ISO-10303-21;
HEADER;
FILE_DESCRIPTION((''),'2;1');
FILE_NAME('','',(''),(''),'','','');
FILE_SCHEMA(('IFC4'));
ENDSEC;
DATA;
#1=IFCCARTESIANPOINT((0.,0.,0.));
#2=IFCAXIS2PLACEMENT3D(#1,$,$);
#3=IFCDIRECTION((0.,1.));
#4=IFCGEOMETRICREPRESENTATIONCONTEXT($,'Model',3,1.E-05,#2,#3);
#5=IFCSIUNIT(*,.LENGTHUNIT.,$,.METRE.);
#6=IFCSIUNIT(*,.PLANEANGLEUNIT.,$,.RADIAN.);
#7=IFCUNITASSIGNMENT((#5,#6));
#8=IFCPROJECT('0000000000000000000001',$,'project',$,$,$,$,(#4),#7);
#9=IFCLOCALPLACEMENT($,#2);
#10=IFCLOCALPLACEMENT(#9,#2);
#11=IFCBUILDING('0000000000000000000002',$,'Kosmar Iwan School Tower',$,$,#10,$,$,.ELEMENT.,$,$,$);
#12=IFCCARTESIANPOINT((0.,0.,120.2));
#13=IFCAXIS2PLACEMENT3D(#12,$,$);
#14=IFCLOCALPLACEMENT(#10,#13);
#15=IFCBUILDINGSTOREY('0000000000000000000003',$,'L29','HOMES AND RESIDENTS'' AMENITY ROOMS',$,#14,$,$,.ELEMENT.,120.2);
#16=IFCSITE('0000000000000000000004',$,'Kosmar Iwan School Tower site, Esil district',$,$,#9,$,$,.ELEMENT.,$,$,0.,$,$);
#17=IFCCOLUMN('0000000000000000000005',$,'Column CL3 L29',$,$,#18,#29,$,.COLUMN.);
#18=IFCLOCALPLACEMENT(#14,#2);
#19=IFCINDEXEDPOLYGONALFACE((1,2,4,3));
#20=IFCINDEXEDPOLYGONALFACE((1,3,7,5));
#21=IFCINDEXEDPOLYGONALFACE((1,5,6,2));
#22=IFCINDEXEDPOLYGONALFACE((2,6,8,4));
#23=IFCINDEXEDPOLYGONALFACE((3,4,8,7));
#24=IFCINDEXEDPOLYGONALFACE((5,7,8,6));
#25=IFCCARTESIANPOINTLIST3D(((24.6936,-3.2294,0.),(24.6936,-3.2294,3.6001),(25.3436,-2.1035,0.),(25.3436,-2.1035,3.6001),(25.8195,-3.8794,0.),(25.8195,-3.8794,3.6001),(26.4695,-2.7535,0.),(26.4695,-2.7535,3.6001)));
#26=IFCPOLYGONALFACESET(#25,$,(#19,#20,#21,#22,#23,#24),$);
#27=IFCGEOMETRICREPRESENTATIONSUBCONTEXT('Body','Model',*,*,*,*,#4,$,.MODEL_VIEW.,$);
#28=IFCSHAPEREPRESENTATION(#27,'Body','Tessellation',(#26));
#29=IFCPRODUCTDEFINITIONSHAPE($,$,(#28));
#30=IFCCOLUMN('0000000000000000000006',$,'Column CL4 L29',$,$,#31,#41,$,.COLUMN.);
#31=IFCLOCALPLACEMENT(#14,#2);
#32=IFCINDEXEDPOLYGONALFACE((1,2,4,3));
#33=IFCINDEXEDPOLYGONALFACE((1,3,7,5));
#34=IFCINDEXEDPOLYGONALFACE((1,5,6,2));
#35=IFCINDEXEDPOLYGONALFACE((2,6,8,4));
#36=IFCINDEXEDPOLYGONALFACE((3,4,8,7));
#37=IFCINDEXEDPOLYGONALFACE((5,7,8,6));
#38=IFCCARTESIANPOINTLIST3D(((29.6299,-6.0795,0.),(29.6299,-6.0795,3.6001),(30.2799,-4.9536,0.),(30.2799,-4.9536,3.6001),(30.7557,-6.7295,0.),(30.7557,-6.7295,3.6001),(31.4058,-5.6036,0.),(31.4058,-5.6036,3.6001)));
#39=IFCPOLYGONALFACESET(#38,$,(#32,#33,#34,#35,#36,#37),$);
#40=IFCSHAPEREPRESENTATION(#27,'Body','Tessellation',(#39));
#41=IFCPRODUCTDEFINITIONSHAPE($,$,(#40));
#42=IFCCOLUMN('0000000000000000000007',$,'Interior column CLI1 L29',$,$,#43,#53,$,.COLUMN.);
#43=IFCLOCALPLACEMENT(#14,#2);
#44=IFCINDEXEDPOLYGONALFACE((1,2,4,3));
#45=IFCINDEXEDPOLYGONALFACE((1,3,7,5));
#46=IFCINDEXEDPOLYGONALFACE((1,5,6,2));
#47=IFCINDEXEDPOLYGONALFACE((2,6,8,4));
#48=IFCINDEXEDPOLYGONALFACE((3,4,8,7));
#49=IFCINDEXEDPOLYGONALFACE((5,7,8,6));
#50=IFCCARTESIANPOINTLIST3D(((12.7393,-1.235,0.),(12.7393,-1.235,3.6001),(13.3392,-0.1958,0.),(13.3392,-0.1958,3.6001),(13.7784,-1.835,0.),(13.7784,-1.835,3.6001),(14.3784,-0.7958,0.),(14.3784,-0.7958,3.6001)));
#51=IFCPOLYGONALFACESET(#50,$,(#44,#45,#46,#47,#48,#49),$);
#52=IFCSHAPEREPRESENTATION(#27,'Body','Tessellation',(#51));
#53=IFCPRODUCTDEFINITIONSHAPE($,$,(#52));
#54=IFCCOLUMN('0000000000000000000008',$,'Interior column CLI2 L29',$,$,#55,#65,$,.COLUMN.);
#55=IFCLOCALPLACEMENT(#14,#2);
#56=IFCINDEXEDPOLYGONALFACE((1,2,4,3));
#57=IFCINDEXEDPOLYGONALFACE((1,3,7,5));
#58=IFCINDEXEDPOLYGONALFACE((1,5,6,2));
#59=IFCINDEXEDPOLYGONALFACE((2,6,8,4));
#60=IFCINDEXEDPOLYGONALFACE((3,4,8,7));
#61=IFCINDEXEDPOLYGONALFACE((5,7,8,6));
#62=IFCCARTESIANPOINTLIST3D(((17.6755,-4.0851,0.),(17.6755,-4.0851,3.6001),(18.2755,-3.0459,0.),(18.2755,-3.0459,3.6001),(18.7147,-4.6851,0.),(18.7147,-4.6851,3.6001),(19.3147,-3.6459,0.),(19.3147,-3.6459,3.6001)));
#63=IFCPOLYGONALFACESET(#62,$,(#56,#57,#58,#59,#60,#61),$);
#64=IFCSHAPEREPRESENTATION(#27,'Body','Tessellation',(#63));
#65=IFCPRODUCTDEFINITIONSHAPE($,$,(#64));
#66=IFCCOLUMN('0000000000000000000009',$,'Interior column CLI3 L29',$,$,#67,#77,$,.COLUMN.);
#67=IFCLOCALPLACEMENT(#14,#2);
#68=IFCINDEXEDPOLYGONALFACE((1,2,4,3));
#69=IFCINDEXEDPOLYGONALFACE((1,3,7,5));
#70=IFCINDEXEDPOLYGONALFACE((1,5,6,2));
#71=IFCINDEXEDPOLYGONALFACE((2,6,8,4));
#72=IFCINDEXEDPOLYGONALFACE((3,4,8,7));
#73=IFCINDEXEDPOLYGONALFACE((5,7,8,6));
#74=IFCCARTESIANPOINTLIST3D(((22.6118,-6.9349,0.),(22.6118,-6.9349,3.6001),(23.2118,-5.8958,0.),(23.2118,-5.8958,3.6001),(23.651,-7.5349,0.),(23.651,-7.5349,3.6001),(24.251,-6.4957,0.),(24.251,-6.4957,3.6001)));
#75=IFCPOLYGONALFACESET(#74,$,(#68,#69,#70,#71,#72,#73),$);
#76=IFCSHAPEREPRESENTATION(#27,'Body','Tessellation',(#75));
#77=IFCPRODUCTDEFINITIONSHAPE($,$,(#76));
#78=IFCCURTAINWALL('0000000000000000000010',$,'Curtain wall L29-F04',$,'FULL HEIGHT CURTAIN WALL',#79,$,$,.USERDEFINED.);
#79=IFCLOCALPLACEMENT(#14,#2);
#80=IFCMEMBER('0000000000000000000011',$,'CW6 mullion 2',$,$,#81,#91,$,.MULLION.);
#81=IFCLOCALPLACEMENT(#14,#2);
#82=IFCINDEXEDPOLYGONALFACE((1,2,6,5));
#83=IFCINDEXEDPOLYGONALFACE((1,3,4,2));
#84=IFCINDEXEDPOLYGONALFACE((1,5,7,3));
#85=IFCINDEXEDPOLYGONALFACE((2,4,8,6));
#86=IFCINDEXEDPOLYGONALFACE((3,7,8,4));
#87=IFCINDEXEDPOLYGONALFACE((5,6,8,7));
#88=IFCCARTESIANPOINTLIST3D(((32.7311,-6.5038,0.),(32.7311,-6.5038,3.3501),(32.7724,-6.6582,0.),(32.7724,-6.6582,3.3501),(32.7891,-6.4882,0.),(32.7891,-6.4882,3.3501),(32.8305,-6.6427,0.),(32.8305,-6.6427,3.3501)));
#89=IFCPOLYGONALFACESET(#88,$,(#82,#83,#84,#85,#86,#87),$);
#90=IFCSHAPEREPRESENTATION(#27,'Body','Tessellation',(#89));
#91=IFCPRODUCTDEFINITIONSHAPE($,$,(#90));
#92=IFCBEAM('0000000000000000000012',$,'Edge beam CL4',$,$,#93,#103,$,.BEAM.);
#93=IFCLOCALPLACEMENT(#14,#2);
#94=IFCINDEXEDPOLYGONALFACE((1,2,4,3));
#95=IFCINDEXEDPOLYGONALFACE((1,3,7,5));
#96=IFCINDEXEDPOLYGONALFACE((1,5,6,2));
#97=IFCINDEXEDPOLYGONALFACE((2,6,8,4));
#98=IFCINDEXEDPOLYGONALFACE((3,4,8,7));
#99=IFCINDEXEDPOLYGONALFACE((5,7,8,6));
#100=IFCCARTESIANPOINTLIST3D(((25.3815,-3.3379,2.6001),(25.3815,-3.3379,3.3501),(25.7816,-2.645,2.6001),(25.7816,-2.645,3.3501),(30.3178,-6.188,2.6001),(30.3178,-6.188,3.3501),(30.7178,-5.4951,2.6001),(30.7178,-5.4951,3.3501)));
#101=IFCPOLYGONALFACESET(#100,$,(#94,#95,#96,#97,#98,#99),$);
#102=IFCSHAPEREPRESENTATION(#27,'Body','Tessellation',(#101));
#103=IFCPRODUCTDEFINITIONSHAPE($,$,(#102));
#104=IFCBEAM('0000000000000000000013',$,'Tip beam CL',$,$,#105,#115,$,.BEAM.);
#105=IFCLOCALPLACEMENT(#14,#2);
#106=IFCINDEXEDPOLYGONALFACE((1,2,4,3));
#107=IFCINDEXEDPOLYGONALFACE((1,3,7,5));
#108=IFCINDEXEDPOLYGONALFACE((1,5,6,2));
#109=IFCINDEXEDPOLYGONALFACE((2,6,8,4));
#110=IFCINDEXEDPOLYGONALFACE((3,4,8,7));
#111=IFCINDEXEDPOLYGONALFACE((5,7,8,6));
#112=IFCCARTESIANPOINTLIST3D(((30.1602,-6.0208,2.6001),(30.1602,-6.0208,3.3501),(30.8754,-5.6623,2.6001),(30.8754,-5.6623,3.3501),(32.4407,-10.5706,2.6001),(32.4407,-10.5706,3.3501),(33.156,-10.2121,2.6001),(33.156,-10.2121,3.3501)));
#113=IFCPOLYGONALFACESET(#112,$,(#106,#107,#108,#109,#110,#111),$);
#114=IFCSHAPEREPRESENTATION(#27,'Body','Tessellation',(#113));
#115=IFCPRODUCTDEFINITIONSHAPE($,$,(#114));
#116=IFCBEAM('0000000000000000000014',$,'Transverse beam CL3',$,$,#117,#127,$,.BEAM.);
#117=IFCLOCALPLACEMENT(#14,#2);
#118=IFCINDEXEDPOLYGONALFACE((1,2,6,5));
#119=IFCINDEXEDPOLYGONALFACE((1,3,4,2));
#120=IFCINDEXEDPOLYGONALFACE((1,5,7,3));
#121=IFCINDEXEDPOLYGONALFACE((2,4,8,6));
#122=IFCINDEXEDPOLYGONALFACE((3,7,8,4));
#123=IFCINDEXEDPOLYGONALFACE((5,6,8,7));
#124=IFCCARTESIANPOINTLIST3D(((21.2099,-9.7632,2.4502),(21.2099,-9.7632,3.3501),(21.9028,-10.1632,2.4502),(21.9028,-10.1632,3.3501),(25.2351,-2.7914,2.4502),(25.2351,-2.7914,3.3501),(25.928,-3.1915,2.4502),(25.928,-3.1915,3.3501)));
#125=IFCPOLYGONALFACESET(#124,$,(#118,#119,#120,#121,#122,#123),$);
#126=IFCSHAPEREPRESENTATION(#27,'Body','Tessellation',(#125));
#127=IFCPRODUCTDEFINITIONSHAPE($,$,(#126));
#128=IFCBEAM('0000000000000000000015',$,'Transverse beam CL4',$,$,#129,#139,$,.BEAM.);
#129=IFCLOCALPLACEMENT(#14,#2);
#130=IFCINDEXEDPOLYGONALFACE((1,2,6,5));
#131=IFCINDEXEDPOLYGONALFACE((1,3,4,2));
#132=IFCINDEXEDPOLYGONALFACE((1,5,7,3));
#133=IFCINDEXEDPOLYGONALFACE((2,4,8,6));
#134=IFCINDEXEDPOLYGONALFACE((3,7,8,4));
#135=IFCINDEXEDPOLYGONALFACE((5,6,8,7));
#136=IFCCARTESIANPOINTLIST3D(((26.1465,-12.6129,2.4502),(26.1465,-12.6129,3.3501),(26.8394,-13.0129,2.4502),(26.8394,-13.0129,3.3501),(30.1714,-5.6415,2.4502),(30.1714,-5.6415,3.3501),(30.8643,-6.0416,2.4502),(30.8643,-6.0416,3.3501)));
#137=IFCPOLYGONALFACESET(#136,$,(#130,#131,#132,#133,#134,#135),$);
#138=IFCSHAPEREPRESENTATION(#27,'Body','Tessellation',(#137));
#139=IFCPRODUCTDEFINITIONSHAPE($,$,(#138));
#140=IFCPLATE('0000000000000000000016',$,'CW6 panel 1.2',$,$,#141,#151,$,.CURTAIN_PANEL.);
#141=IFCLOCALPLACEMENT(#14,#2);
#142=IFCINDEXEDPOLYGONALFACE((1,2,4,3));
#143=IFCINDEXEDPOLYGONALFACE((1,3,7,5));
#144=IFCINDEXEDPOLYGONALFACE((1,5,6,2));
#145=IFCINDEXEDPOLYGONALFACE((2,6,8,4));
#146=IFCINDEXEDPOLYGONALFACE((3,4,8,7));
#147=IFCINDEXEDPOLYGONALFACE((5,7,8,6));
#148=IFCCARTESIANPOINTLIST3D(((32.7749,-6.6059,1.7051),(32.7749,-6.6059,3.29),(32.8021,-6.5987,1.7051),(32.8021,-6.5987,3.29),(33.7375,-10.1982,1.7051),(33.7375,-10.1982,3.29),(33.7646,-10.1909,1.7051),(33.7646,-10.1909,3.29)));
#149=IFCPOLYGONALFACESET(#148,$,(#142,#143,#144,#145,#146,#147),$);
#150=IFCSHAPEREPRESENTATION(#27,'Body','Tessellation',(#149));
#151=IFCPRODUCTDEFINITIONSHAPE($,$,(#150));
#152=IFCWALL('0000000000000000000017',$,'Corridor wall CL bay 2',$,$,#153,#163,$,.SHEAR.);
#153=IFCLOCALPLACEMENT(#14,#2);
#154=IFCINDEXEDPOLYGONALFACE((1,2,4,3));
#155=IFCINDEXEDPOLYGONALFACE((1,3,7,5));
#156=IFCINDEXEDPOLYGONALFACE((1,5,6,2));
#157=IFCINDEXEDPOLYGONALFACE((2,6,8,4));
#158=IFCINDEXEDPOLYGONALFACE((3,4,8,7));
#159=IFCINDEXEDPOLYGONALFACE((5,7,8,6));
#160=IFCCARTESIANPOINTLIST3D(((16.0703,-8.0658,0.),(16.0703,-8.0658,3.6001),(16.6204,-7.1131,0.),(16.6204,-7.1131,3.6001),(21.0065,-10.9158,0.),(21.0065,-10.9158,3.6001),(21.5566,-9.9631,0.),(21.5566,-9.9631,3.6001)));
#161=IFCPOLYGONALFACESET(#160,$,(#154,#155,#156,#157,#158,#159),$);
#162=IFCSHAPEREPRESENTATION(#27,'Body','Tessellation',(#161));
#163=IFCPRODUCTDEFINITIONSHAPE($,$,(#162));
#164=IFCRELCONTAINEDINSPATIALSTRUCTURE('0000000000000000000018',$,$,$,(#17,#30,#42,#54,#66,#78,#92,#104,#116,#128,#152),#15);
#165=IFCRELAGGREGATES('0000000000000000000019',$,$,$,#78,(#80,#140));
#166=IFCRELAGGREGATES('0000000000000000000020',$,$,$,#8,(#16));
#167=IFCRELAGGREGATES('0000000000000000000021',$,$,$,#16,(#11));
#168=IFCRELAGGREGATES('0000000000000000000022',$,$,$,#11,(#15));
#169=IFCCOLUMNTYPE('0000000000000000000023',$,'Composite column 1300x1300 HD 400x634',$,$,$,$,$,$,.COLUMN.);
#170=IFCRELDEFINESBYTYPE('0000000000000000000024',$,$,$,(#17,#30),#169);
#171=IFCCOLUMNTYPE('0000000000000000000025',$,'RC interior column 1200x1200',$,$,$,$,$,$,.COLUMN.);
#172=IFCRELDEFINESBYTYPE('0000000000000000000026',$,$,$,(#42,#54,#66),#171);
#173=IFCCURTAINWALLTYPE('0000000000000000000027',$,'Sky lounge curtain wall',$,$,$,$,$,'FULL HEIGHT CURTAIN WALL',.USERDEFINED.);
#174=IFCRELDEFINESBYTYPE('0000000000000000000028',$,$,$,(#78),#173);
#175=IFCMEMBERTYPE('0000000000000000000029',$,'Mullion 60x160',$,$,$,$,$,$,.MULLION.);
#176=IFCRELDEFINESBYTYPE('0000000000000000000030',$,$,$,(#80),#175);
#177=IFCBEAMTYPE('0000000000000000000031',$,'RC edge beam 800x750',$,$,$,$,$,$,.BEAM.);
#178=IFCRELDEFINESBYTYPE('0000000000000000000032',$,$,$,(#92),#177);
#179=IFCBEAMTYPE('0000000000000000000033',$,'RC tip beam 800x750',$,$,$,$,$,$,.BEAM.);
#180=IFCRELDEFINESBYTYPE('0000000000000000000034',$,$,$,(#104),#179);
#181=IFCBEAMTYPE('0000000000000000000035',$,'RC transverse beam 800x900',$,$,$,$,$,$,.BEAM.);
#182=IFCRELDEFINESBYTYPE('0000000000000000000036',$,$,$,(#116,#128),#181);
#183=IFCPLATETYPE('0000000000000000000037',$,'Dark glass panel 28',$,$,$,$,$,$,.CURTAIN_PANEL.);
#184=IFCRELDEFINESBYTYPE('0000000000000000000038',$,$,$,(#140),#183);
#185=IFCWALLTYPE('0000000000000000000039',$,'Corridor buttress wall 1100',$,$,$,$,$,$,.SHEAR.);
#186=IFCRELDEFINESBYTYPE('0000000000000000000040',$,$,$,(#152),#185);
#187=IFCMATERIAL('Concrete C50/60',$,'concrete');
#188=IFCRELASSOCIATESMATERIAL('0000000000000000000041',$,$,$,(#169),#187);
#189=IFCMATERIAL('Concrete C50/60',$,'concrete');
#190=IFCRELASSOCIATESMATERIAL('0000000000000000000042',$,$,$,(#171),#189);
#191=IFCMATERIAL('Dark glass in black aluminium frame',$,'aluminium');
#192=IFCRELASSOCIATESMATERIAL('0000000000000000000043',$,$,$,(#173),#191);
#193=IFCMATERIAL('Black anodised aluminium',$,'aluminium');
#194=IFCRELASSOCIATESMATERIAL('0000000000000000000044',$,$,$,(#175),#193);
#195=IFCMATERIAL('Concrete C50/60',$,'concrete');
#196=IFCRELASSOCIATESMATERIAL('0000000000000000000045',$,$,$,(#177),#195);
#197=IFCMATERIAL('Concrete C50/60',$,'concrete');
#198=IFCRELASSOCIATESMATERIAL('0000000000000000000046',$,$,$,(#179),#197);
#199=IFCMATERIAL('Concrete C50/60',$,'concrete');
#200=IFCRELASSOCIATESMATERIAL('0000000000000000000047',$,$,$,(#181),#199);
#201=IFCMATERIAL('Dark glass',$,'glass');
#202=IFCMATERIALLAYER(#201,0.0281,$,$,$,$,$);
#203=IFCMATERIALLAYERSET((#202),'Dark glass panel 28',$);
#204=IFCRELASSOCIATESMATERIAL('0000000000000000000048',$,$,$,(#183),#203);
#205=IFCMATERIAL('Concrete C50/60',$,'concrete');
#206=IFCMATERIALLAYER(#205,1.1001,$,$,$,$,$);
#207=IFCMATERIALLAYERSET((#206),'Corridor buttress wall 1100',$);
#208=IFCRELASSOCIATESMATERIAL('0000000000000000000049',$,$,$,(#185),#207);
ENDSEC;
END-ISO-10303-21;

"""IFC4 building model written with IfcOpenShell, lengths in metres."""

from ifc_helpers import new_model, si_unit, direction, frame, frame_2d, origin, origin_2d, place, context, subcontext, project, spatial, rectangle, extrude, material, layer, layer_set, material_profile, profile_set, type_object, element, aggregate, save


model = new_model("IFC4")

# Units and contexts
model_context = context("Model", 3, precision=1e-05, world=origin(), true_north=direction((0.0, 1.0)))
body_context = subcontext(model_context, "Body", "Model", "MODEL_VIEW")
ifc_project = project(units=[si_unit("LENGTHUNIT", "METRE"), si_unit("PLANEANGLEUNIT", "RADIAN")], contexts=[model_context])

# Site, building, storey
site_placement = place(None, origin())
site = spatial("IfcSite", under=ifc_project, at=site_placement, Name="Kosmar Iwan School Tower site, Esil district", CompositionType="ELEMENT", RefElevation=0.0)
building_placement = place(site_placement, origin())
building = spatial("IfcBuilding", under=site, at=building_placement, Name="Kosmar Iwan School Tower", CompositionType="ELEMENT")
storey_placement = place(building_placement, frame((0.0, 0.0, 120.2)))
storey = spatial("IfcBuildingStorey", under=building, at=storey_placement, Name="L29", Description="HOMES AND RESIDENTS' AMENITY ROOMS", CompositionType="ELEMENT", Elevation=120.2)

# Columns
ifc_material_1 = material(Name="Concrete C50/60", Category="concrete")
ifc_material_profile_1 = material_profile(ifc_material_1, rectangle(XDim=1.3, YDim=1.3, at=origin_2d()), Name="RC 1300x1300 + HD 400x634")
ifc_profile_set_1 = profile_set([ifc_material_profile_1], Name="Concrete C50/60")
column_type_1 = type_object("IfcColumnType", Name="Composite column 1300x1300 HD 400x634", PredefinedType="COLUMN", material=ifc_profile_set_1)
for number, where, z_axis, x_axis, name in (
    (1, (25.5815, -2.9915, 0.0), (0.0, 0.0, 1.0), (0.866025, -0.5, 0.0), "Column CL3 L29"),
    (2, (30.5178, -5.8416, 0.0), (0.0, 0.0, 1.0), (0.866025, -0.5, 0.0), "Column CL4 L29"),
):
    element("IfcColumn", number, at=place(storey_placement, frame(where, z_axis=z_axis, x_axis=x_axis)), inside=storey, type_object=column_type_1, Name=name, PredefinedType="COLUMN", context=body_context, shape_type="SweptSolid", body=[
        extrude(rectangle(XDim=1.3, YDim=1.3, at=origin_2d()), origin(), (0.0, 0.0, 1.0), 3.6001),
    ])
ifc_material_2 = material(Name="Concrete C50/60", Category="concrete")
ifc_material_profile_2 = material_profile(ifc_material_2, rectangle(XDim=1.2, YDim=1.2, at=origin_2d()), Name="RC 1200x1200")
ifc_profile_set_2 = profile_set([ifc_material_profile_2], Name="Concrete C50/60")
column_type_2 = type_object("IfcColumnType", Name="RC interior column 1200x1200", PredefinedType="COLUMN", material=ifc_profile_set_2)
for number, where, z_axis, x_axis, name in (
    (3, (13.5588, -1.0154, 0.0), (0.0, 0.0, 1.0), (0.866025, -0.5, 0.0), "Interior column CLI1 L29"),
    (4, (18.4951, -3.8655, 0.0), (0.0, 0.0, 1.0), (0.866025, -0.5, 0.0), "Interior column CLI2 L29"),
    (5, (23.4314, -6.7153, 0.0), (0.0, 0.0, 1.0), (0.866025, -0.5, 0.0), "Interior column CLI3 L29"),
):
    element("IfcColumn", number, at=place(storey_placement, frame(where, z_axis=z_axis, x_axis=x_axis)), inside=storey, type_object=column_type_2, Name=name, PredefinedType="COLUMN", context=body_context, shape_type="SweptSolid", body=[
        extrude(rectangle(XDim=1.2, YDim=1.2, at=origin_2d()), origin(), (0.0, 0.0, 1.0), 3.6001),
    ])

# Curtain wall, member
ifc_material_3 = material(Name="Dark glass in black aluminium frame", Category="aluminium")
curtain_wall_type = type_object("IfcCurtainWallType", Name="Sky lounge curtain wall", ElementType="FULL HEIGHT CURTAIN WALL", PredefinedType="USERDEFINED", material=ifc_material_3)
curtain_wall_placement = place(storey_placement, origin())
curtain_wall = element("IfcCurtainWall", 6, at=curtain_wall_placement, inside=storey, type_object=curtain_wall_type, Name="Curtain wall L29-F04", ObjectType="FULL HEIGHT CURTAIN WALL", PredefinedType="USERDEFINED")
ifc_material_4 = material(Name="Black anodised aluminium", Category="aluminium")
ifc_material_profile_3 = material_profile(ifc_material_4, rectangle(XDim=0.0601, YDim=0.1599, at=origin_2d()), Name="MULLION 60x160")
ifc_profile_set_3 = profile_set([ifc_material_profile_3], Name="Black anodised aluminium")
member_type = type_object("IfcMemberType", Name="Mullion 60x160", PredefinedType="MULLION", material=ifc_profile_set_3)
member_placement = place(storey_placement, frame((32.7808, -6.5732, 0.0), z_axis=(0.0, 0.0, 1.0), x_axis=(-0.965926, -0.258819, 0.0)))
member = element("IfcMember", 7, at=member_placement, type_object=member_type, Name="CW6 mullion 2", PredefinedType="MULLION", context=body_context, shape_type="SweptSolid", body=[
    extrude(rectangle(XDim=0.0601, YDim=0.1599, at=origin_2d()), origin(), (0.0, 0.0, 1.0), 3.3501),
])

# Beams
ifc_material_5 = material(Name="Concrete C50/60", Category="concrete")
ifc_material_profile_4 = material_profile(ifc_material_5, rectangle(XDim=0.8, YDim=0.75, at=origin_2d()), Name="RC 800x750")
ifc_profile_set_4 = profile_set([ifc_material_profile_4], Name="Concrete C50/60")
beam_type_1 = type_object("IfcBeamType", Name="RC edge beam 800x750", PredefinedType="BEAM", material=ifc_profile_set_4)
beam_1_placement = place(storey_placement, frame((25.5815, -2.9915, 2.9751), z_axis=(0.866015, -0.500018, 0.0), x_axis=(0.500018, 0.866015, 0.0)))
element("IfcBeam", 8, at=beam_1_placement, inside=storey, type_object=beam_type_1, Name="Edge beam CL4", PredefinedType="BEAM", context=body_context, shape_type="SweptSolid", body=[
    extrude(rectangle(XDim=0.8, YDim=0.75, at=origin_2d()), origin(), (0.0, 0.0, 1.0), 5.7),
])
ifc_material_6 = material(Name="Concrete C50/60", Category="concrete")
ifc_material_profile_5 = material_profile(ifc_material_6, rectangle(XDim=0.8, YDim=0.75, at=origin_2d()), Name="RC 800x750")
ifc_profile_set_5 = profile_set([ifc_material_profile_5], Name="Concrete C50/60")
beam_type_2 = type_object("IfcBeamType", Name="RC tip beam 800x750", PredefinedType="BEAM", material=ifc_profile_set_5)
beam_2_placement = place(storey_placement, frame((30.5178, -5.8416, 2.9751), z_axis=(0.448096, -0.893985, 0.0), x_axis=(0.893985, 0.448096, 0.0)))
element("IfcBeam", 9, at=beam_2_placement, inside=storey, type_object=beam_type_2, Name="Tip beam CL", PredefinedType="BEAM", context=body_context, shape_type="SweptSolid", body=[
    extrude(rectangle(XDim=0.8, YDim=0.75, at=origin_2d()), origin(), (0.0, 0.0, 1.0), 5.0894),
])
ifc_material_7 = material(Name="Concrete C50/60", Category="concrete")
ifc_material_profile_6 = material_profile(ifc_material_7, rectangle(XDim=0.8, YDim=0.8999, at=origin_2d()), Name="RC 800x900")
ifc_profile_set_6 = profile_set([ifc_material_profile_6], Name="Concrete C50/60")
beam_type_3 = type_object("IfcBeamType", Name="RC transverse beam 800x900", PredefinedType="BEAM", material=ifc_profile_set_6)
beam_3_placement = place(storey_placement, frame((25.5815, -2.9915, 2.9001), z_axis=(-0.500004, -0.866023, 0.0), x_axis=(0.866023, -0.500004, 0.0)))
element("IfcBeam", 10, at=beam_3_placement, inside=storey, type_object=beam_type_3, Name="Transverse beam CL3", PredefinedType="BEAM", context=body_context, shape_type="SweptSolid", body=[
    extrude(rectangle(XDim=0.8, YDim=0.8999, at=origin_2d()), origin(), (0.0, 0.0, 1.0), 8.0503),
])
beam_4_placement = place(storey_placement, frame((30.5178, -5.8416, 2.9001), z_axis=(-0.499995, -0.866029, 0.0), x_axis=(0.866029, -0.499995, 0.0)))
element("IfcBeam", 11, at=beam_4_placement, inside=storey, type_object=beam_type_3, Name="Transverse beam CL4", PredefinedType="BEAM", context=body_context, shape_type="SweptSolid", body=[
    extrude(rectangle(XDim=0.8, YDim=0.8999, at=origin_2d()), origin(), (0.0, 0.0, 1.0), 8.0498),
])

# Plate
ifc_material_8 = material(Name="Dark glass", Category="glass")
ifc_layer_1 = layer(ifc_material_8, 0.0281)
ifc_layer_set_1 = layer_set([ifc_layer_1], Name="Dark glass panel 28")
plate_type = type_object("IfcPlateType", Name="Dark glass panel 28", PredefinedType="CURTAIN_PANEL", material=ifc_layer_set_1)
plate_placement = place(storey_placement, frame((33.2698, -8.3984, 1.7051), z_axis=(0.0, 0.0, 1.0), x_axis=(-0.258819, 0.965926, 0.0)))
plate = element("IfcPlate", 12, at=plate_placement, type_object=plate_type, Name="CW6 panel 1.2", PredefinedType="CURTAIN_PANEL", context=body_context, shape_type="SweptSolid", body=[
    extrude(rectangle(XDim=3.719, YDim=0.0281, at=origin_2d()), origin(), (0.0, 0.0, 1.0), 1.585),
])
aggregate(curtain_wall, [member, plate])

# Wall
ifc_material_9 = material(Name="Concrete C50/60", Category="concrete")
ifc_layer_2 = layer(ifc_material_9, 1.1001)
ifc_layer_set_2 = layer_set([ifc_layer_2], Name="Corridor buttress wall 1100")
wall_type_1 = type_object("IfcWallType", Name="Corridor buttress wall 1100", PredefinedType="SHEAR", material=ifc_layer_set_2)
wall_1_placement = place(storey_placement, frame((16.3452, -7.5894, 0.0), z_axis=(0.0, 0.0, 1.0), x_axis=(0.866015, -0.500018, 0.0)))
element("IfcWall", 13, at=wall_1_placement, inside=storey, type_object=wall_type_1, Name="Corridor wall CL bay 2", PredefinedType="SHEAR", context=body_context, shape_type="SweptSolid", body=[
    extrude(rectangle(XDim=5.7, YDim=1.1001, at=frame_2d((2.8501, 0.0))), origin(), (0.0, 0.0, 1.0), 3.6001),
])

save(model, "model.ifc")
